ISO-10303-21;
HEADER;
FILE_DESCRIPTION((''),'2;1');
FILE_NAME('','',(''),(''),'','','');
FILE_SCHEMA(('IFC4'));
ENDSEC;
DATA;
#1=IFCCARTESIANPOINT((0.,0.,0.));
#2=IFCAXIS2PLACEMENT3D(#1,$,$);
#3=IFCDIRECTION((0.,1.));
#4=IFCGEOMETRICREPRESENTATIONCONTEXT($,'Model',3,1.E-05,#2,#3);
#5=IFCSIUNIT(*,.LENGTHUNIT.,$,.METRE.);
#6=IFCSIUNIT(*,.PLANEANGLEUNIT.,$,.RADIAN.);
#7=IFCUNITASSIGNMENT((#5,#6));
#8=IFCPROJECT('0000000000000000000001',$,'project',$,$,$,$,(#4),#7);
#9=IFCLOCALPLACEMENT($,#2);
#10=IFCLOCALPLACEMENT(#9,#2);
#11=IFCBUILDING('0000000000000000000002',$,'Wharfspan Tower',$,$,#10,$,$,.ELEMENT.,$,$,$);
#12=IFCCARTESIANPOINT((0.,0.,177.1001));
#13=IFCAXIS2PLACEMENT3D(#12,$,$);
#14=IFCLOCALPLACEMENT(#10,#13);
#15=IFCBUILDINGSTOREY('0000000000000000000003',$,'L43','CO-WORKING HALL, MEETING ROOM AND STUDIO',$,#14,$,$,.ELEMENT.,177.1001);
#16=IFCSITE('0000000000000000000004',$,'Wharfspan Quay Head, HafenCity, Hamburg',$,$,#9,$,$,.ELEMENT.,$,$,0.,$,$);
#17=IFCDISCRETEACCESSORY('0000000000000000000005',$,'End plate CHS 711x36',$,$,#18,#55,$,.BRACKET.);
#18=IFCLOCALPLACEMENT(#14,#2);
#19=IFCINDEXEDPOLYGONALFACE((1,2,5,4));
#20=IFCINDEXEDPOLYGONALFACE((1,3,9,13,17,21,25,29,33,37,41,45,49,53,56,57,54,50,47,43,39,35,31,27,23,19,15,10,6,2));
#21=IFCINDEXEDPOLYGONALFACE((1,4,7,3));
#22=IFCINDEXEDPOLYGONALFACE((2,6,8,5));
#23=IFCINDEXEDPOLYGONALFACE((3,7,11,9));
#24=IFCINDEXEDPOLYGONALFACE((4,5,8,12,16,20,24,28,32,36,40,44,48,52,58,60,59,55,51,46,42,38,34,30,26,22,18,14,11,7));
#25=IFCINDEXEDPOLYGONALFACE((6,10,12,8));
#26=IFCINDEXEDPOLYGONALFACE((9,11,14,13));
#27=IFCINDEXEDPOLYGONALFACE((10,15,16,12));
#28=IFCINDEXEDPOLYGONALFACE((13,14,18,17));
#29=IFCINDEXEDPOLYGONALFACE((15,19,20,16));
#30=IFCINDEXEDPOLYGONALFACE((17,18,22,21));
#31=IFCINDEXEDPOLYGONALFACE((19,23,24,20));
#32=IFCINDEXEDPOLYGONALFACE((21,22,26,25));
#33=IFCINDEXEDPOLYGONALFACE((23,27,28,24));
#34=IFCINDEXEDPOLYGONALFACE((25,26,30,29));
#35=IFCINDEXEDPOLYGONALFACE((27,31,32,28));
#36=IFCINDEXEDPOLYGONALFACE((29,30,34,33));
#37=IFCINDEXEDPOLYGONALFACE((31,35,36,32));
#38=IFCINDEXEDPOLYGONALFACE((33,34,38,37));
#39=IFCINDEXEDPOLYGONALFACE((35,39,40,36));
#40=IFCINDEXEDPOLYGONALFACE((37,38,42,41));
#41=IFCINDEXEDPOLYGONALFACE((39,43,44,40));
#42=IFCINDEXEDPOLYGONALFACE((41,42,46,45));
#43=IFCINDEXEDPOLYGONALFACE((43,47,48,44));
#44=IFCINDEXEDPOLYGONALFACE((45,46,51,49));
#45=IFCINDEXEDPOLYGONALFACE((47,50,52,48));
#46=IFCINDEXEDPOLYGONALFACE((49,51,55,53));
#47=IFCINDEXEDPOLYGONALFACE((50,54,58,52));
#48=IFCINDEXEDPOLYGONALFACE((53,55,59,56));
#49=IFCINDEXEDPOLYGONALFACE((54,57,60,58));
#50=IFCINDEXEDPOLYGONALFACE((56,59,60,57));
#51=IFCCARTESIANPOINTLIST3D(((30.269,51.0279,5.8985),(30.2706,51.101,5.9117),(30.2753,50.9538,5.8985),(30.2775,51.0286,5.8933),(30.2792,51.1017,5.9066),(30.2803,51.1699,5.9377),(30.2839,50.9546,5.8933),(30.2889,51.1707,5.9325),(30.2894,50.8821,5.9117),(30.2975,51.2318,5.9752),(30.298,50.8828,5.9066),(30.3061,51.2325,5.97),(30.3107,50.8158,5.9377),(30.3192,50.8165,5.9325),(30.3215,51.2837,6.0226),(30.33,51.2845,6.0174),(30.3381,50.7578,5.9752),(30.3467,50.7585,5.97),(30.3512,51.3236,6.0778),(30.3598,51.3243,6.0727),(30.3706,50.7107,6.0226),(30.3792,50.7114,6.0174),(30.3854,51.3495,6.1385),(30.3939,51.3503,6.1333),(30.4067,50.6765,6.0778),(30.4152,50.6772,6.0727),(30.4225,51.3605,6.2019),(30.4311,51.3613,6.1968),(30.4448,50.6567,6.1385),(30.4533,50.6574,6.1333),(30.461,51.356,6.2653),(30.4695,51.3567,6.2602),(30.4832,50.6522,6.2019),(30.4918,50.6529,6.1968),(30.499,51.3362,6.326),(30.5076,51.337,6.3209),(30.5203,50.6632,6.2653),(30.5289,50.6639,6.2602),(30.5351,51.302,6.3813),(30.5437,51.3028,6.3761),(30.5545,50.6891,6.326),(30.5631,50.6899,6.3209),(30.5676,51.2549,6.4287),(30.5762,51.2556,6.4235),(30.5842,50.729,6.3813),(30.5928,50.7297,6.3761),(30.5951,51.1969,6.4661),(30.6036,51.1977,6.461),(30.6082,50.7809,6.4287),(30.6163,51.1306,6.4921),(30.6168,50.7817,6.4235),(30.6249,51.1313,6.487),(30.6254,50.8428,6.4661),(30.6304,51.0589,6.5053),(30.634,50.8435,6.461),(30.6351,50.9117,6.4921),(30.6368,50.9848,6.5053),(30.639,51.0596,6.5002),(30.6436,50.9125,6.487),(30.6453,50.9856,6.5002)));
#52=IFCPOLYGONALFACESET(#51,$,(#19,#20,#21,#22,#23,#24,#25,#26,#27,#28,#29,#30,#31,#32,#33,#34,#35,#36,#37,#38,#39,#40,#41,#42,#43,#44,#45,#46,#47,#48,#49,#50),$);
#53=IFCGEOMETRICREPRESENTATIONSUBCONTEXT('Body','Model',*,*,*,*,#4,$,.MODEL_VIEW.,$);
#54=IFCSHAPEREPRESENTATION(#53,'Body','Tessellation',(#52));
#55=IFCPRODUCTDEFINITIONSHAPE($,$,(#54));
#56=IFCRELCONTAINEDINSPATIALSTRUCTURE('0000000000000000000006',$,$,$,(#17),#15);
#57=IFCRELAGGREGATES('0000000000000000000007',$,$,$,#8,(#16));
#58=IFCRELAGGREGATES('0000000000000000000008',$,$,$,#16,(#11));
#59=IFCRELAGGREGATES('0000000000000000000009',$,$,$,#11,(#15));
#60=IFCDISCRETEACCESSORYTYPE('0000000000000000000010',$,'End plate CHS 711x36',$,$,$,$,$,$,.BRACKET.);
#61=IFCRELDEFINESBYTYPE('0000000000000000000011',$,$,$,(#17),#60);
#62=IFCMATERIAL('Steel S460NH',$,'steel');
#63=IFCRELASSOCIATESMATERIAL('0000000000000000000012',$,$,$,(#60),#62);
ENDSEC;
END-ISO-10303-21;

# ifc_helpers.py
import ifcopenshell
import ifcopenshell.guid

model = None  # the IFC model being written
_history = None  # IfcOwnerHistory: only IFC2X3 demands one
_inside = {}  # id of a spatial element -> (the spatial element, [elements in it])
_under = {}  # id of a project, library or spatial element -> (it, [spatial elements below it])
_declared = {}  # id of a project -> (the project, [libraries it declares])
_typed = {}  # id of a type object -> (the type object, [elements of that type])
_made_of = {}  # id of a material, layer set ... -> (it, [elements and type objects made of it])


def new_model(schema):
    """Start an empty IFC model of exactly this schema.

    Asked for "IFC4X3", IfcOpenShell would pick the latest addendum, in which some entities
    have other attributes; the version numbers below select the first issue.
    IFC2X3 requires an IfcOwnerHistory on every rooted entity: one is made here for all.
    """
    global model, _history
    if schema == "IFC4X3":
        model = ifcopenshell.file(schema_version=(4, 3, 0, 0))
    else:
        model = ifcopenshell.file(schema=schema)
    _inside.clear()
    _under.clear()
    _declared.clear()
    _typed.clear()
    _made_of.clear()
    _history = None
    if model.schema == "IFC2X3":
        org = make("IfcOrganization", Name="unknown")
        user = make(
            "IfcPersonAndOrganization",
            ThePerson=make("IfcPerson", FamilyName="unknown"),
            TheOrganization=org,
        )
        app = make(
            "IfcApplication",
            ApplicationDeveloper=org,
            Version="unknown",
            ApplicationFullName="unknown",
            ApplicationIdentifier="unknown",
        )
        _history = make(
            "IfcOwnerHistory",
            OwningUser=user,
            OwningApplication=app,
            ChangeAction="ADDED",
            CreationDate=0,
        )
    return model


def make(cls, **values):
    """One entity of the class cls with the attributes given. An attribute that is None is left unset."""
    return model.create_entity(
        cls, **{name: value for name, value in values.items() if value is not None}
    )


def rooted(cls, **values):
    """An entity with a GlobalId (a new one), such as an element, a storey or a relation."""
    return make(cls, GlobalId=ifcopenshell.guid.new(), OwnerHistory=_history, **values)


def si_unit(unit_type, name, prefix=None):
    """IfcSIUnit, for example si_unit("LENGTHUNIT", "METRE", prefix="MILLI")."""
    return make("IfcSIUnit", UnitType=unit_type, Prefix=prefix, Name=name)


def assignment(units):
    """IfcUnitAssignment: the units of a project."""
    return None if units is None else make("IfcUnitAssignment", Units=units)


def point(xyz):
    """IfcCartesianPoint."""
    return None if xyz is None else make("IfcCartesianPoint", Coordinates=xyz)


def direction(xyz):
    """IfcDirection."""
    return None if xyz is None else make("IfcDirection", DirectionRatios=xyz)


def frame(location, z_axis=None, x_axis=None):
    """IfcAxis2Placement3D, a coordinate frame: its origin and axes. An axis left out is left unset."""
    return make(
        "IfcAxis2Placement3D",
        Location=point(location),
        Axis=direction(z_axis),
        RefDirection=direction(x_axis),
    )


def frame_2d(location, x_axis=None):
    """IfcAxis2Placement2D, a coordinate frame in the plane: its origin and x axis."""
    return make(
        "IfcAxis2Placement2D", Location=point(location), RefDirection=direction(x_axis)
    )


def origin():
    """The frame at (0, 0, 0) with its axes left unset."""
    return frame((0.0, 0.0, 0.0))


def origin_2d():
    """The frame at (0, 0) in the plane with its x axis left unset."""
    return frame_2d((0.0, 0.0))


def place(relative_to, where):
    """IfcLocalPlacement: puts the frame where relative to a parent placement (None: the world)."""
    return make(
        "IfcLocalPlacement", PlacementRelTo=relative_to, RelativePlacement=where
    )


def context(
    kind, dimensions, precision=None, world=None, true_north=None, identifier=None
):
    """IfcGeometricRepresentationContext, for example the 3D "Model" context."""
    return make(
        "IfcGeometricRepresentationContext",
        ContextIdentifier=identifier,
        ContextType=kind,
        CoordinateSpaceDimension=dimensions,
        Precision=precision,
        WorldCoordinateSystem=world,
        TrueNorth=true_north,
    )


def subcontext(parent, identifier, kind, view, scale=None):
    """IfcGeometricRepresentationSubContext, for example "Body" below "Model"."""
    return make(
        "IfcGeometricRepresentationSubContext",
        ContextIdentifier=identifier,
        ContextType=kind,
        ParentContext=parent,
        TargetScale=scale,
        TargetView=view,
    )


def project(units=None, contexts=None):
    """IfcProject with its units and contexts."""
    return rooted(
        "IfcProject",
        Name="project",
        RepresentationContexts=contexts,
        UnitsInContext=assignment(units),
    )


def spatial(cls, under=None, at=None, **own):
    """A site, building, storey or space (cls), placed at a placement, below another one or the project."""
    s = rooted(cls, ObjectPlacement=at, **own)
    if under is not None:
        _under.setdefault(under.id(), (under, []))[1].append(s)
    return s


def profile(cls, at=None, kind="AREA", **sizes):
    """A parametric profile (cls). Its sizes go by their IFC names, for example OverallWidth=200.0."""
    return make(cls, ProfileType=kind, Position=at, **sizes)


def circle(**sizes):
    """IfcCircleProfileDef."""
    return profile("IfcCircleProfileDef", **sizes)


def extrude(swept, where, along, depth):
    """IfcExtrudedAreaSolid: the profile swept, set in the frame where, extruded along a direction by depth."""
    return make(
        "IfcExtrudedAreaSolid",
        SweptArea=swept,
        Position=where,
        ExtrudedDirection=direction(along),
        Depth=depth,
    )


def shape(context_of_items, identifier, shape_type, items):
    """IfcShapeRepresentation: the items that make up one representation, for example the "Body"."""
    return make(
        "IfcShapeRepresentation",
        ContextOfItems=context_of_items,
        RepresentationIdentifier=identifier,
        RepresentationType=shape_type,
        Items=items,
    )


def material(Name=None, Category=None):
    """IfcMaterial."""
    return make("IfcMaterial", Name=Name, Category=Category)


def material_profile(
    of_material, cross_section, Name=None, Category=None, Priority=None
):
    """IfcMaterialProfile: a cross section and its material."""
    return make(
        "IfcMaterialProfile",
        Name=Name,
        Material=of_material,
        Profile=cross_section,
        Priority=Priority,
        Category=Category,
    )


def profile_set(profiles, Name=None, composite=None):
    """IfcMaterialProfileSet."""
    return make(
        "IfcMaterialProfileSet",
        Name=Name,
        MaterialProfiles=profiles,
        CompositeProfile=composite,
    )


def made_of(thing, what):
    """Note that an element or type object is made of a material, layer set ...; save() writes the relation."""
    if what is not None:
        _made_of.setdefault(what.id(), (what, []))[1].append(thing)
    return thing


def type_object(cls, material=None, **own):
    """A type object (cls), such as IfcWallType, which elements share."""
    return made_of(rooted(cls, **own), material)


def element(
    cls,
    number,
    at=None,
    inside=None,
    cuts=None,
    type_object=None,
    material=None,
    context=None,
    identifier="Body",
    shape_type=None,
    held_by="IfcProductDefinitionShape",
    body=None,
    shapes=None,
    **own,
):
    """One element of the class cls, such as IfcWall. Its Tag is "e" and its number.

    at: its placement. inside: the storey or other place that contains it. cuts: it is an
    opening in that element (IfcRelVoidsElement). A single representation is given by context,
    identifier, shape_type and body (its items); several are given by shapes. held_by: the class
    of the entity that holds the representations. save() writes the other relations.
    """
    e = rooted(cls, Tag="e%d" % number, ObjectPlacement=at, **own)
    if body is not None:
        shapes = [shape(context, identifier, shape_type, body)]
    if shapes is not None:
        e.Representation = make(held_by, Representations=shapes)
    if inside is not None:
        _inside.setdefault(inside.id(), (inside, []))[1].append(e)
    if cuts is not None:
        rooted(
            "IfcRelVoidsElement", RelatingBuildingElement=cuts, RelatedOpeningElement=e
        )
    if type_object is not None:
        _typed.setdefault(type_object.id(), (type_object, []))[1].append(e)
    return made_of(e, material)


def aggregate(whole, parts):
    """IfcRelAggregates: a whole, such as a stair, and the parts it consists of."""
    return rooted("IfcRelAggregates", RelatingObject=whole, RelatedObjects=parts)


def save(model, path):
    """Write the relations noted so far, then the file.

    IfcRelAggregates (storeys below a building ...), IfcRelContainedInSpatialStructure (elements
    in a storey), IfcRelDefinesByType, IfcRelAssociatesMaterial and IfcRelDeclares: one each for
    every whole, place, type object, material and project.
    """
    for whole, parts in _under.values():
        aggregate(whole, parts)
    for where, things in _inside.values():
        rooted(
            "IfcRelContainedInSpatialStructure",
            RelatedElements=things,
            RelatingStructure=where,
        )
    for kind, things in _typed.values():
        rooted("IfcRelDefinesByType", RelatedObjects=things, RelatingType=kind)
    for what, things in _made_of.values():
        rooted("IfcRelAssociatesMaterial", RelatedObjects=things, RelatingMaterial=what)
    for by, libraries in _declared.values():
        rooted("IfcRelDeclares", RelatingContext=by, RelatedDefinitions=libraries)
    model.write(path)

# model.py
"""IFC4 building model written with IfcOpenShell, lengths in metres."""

from ifc_helpers import new_model, si_unit, direction, frame, origin, origin_2d, place, context, subcontext, project, spatial, circle, extrude, material, material_profile, profile_set, type_object, element, save


model = new_model("IFC4")

# Units and contexts
model_context = context("Model", 3, precision=1e-05, world=origin(), true_north=direction((0.0, 1.0)))
body_context = subcontext(model_context, "Body", "Model", "MODEL_VIEW")
ifc_project = project(units=[si_unit("LENGTHUNIT", "METRE"), si_unit("PLANEANGLEUNIT", "RADIAN")], contexts=[model_context])

# Site, building, storey
site_placement = place(None, origin())
site = spatial("IfcSite", under=ifc_project, at=site_placement, Name="Wharfspan Quay Head, HafenCity, Hamburg", CompositionType="ELEMENT", RefElevation=0.0)
building_placement = place(site_placement, origin())
building = spatial("IfcBuilding", under=site, at=building_placement, Name="Wharfspan Tower", CompositionType="ELEMENT")
storey_placement = place(building_placement, frame((0.0, 0.0, 177.1001)))
storey = spatial("IfcBuildingStorey", under=building, at=storey_placement, Name="L43", Description="CO-WORKING HALL, MEETING ROOM AND STUDIO", CompositionType="ELEMENT", Elevation=177.1001)

# Shared definitions
ifc_material_1 = material(Name="Steel S460NH", Category="steel")

# Discrete accessory
ifc_material_profile_1 = material_profile(ifc_material_1, circle(Radius=0.3555, at=origin_2d()))
ifc_profile_set_1 = profile_set([ifc_material_profile_1], Name="Steel S460NH")
discrete_accessory_type = type_object("IfcDiscreteAccessoryType", Name="End plate CHS 711x36", PredefinedType="BRACKET", material=ifc_profile_set_1)
for number, where, z_axis, x_axis, name in (
    (1, (30.4614, 51.0071, 6.1968), (-0.855186, -0.073302, 0.513112), (0.085402, -0.996345, 0.000001), "End plate CHS 711x36"),
):
    element("IfcDiscreteAccessory", number, at=place(storey_placement, frame(where, z_axis=z_axis, x_axis=x_axis)), inside=storey, type_object=discrete_accessory_type, Name=name, PredefinedType="BRACKET", context=body_context, shape_type="SweptSolid", body=[
        extrude(circle(Radius=0.3555, at=origin_2d()), origin(), (0.0, 0.0, 1.0), 0.01),
    ])

save(model, "model.ifc")
